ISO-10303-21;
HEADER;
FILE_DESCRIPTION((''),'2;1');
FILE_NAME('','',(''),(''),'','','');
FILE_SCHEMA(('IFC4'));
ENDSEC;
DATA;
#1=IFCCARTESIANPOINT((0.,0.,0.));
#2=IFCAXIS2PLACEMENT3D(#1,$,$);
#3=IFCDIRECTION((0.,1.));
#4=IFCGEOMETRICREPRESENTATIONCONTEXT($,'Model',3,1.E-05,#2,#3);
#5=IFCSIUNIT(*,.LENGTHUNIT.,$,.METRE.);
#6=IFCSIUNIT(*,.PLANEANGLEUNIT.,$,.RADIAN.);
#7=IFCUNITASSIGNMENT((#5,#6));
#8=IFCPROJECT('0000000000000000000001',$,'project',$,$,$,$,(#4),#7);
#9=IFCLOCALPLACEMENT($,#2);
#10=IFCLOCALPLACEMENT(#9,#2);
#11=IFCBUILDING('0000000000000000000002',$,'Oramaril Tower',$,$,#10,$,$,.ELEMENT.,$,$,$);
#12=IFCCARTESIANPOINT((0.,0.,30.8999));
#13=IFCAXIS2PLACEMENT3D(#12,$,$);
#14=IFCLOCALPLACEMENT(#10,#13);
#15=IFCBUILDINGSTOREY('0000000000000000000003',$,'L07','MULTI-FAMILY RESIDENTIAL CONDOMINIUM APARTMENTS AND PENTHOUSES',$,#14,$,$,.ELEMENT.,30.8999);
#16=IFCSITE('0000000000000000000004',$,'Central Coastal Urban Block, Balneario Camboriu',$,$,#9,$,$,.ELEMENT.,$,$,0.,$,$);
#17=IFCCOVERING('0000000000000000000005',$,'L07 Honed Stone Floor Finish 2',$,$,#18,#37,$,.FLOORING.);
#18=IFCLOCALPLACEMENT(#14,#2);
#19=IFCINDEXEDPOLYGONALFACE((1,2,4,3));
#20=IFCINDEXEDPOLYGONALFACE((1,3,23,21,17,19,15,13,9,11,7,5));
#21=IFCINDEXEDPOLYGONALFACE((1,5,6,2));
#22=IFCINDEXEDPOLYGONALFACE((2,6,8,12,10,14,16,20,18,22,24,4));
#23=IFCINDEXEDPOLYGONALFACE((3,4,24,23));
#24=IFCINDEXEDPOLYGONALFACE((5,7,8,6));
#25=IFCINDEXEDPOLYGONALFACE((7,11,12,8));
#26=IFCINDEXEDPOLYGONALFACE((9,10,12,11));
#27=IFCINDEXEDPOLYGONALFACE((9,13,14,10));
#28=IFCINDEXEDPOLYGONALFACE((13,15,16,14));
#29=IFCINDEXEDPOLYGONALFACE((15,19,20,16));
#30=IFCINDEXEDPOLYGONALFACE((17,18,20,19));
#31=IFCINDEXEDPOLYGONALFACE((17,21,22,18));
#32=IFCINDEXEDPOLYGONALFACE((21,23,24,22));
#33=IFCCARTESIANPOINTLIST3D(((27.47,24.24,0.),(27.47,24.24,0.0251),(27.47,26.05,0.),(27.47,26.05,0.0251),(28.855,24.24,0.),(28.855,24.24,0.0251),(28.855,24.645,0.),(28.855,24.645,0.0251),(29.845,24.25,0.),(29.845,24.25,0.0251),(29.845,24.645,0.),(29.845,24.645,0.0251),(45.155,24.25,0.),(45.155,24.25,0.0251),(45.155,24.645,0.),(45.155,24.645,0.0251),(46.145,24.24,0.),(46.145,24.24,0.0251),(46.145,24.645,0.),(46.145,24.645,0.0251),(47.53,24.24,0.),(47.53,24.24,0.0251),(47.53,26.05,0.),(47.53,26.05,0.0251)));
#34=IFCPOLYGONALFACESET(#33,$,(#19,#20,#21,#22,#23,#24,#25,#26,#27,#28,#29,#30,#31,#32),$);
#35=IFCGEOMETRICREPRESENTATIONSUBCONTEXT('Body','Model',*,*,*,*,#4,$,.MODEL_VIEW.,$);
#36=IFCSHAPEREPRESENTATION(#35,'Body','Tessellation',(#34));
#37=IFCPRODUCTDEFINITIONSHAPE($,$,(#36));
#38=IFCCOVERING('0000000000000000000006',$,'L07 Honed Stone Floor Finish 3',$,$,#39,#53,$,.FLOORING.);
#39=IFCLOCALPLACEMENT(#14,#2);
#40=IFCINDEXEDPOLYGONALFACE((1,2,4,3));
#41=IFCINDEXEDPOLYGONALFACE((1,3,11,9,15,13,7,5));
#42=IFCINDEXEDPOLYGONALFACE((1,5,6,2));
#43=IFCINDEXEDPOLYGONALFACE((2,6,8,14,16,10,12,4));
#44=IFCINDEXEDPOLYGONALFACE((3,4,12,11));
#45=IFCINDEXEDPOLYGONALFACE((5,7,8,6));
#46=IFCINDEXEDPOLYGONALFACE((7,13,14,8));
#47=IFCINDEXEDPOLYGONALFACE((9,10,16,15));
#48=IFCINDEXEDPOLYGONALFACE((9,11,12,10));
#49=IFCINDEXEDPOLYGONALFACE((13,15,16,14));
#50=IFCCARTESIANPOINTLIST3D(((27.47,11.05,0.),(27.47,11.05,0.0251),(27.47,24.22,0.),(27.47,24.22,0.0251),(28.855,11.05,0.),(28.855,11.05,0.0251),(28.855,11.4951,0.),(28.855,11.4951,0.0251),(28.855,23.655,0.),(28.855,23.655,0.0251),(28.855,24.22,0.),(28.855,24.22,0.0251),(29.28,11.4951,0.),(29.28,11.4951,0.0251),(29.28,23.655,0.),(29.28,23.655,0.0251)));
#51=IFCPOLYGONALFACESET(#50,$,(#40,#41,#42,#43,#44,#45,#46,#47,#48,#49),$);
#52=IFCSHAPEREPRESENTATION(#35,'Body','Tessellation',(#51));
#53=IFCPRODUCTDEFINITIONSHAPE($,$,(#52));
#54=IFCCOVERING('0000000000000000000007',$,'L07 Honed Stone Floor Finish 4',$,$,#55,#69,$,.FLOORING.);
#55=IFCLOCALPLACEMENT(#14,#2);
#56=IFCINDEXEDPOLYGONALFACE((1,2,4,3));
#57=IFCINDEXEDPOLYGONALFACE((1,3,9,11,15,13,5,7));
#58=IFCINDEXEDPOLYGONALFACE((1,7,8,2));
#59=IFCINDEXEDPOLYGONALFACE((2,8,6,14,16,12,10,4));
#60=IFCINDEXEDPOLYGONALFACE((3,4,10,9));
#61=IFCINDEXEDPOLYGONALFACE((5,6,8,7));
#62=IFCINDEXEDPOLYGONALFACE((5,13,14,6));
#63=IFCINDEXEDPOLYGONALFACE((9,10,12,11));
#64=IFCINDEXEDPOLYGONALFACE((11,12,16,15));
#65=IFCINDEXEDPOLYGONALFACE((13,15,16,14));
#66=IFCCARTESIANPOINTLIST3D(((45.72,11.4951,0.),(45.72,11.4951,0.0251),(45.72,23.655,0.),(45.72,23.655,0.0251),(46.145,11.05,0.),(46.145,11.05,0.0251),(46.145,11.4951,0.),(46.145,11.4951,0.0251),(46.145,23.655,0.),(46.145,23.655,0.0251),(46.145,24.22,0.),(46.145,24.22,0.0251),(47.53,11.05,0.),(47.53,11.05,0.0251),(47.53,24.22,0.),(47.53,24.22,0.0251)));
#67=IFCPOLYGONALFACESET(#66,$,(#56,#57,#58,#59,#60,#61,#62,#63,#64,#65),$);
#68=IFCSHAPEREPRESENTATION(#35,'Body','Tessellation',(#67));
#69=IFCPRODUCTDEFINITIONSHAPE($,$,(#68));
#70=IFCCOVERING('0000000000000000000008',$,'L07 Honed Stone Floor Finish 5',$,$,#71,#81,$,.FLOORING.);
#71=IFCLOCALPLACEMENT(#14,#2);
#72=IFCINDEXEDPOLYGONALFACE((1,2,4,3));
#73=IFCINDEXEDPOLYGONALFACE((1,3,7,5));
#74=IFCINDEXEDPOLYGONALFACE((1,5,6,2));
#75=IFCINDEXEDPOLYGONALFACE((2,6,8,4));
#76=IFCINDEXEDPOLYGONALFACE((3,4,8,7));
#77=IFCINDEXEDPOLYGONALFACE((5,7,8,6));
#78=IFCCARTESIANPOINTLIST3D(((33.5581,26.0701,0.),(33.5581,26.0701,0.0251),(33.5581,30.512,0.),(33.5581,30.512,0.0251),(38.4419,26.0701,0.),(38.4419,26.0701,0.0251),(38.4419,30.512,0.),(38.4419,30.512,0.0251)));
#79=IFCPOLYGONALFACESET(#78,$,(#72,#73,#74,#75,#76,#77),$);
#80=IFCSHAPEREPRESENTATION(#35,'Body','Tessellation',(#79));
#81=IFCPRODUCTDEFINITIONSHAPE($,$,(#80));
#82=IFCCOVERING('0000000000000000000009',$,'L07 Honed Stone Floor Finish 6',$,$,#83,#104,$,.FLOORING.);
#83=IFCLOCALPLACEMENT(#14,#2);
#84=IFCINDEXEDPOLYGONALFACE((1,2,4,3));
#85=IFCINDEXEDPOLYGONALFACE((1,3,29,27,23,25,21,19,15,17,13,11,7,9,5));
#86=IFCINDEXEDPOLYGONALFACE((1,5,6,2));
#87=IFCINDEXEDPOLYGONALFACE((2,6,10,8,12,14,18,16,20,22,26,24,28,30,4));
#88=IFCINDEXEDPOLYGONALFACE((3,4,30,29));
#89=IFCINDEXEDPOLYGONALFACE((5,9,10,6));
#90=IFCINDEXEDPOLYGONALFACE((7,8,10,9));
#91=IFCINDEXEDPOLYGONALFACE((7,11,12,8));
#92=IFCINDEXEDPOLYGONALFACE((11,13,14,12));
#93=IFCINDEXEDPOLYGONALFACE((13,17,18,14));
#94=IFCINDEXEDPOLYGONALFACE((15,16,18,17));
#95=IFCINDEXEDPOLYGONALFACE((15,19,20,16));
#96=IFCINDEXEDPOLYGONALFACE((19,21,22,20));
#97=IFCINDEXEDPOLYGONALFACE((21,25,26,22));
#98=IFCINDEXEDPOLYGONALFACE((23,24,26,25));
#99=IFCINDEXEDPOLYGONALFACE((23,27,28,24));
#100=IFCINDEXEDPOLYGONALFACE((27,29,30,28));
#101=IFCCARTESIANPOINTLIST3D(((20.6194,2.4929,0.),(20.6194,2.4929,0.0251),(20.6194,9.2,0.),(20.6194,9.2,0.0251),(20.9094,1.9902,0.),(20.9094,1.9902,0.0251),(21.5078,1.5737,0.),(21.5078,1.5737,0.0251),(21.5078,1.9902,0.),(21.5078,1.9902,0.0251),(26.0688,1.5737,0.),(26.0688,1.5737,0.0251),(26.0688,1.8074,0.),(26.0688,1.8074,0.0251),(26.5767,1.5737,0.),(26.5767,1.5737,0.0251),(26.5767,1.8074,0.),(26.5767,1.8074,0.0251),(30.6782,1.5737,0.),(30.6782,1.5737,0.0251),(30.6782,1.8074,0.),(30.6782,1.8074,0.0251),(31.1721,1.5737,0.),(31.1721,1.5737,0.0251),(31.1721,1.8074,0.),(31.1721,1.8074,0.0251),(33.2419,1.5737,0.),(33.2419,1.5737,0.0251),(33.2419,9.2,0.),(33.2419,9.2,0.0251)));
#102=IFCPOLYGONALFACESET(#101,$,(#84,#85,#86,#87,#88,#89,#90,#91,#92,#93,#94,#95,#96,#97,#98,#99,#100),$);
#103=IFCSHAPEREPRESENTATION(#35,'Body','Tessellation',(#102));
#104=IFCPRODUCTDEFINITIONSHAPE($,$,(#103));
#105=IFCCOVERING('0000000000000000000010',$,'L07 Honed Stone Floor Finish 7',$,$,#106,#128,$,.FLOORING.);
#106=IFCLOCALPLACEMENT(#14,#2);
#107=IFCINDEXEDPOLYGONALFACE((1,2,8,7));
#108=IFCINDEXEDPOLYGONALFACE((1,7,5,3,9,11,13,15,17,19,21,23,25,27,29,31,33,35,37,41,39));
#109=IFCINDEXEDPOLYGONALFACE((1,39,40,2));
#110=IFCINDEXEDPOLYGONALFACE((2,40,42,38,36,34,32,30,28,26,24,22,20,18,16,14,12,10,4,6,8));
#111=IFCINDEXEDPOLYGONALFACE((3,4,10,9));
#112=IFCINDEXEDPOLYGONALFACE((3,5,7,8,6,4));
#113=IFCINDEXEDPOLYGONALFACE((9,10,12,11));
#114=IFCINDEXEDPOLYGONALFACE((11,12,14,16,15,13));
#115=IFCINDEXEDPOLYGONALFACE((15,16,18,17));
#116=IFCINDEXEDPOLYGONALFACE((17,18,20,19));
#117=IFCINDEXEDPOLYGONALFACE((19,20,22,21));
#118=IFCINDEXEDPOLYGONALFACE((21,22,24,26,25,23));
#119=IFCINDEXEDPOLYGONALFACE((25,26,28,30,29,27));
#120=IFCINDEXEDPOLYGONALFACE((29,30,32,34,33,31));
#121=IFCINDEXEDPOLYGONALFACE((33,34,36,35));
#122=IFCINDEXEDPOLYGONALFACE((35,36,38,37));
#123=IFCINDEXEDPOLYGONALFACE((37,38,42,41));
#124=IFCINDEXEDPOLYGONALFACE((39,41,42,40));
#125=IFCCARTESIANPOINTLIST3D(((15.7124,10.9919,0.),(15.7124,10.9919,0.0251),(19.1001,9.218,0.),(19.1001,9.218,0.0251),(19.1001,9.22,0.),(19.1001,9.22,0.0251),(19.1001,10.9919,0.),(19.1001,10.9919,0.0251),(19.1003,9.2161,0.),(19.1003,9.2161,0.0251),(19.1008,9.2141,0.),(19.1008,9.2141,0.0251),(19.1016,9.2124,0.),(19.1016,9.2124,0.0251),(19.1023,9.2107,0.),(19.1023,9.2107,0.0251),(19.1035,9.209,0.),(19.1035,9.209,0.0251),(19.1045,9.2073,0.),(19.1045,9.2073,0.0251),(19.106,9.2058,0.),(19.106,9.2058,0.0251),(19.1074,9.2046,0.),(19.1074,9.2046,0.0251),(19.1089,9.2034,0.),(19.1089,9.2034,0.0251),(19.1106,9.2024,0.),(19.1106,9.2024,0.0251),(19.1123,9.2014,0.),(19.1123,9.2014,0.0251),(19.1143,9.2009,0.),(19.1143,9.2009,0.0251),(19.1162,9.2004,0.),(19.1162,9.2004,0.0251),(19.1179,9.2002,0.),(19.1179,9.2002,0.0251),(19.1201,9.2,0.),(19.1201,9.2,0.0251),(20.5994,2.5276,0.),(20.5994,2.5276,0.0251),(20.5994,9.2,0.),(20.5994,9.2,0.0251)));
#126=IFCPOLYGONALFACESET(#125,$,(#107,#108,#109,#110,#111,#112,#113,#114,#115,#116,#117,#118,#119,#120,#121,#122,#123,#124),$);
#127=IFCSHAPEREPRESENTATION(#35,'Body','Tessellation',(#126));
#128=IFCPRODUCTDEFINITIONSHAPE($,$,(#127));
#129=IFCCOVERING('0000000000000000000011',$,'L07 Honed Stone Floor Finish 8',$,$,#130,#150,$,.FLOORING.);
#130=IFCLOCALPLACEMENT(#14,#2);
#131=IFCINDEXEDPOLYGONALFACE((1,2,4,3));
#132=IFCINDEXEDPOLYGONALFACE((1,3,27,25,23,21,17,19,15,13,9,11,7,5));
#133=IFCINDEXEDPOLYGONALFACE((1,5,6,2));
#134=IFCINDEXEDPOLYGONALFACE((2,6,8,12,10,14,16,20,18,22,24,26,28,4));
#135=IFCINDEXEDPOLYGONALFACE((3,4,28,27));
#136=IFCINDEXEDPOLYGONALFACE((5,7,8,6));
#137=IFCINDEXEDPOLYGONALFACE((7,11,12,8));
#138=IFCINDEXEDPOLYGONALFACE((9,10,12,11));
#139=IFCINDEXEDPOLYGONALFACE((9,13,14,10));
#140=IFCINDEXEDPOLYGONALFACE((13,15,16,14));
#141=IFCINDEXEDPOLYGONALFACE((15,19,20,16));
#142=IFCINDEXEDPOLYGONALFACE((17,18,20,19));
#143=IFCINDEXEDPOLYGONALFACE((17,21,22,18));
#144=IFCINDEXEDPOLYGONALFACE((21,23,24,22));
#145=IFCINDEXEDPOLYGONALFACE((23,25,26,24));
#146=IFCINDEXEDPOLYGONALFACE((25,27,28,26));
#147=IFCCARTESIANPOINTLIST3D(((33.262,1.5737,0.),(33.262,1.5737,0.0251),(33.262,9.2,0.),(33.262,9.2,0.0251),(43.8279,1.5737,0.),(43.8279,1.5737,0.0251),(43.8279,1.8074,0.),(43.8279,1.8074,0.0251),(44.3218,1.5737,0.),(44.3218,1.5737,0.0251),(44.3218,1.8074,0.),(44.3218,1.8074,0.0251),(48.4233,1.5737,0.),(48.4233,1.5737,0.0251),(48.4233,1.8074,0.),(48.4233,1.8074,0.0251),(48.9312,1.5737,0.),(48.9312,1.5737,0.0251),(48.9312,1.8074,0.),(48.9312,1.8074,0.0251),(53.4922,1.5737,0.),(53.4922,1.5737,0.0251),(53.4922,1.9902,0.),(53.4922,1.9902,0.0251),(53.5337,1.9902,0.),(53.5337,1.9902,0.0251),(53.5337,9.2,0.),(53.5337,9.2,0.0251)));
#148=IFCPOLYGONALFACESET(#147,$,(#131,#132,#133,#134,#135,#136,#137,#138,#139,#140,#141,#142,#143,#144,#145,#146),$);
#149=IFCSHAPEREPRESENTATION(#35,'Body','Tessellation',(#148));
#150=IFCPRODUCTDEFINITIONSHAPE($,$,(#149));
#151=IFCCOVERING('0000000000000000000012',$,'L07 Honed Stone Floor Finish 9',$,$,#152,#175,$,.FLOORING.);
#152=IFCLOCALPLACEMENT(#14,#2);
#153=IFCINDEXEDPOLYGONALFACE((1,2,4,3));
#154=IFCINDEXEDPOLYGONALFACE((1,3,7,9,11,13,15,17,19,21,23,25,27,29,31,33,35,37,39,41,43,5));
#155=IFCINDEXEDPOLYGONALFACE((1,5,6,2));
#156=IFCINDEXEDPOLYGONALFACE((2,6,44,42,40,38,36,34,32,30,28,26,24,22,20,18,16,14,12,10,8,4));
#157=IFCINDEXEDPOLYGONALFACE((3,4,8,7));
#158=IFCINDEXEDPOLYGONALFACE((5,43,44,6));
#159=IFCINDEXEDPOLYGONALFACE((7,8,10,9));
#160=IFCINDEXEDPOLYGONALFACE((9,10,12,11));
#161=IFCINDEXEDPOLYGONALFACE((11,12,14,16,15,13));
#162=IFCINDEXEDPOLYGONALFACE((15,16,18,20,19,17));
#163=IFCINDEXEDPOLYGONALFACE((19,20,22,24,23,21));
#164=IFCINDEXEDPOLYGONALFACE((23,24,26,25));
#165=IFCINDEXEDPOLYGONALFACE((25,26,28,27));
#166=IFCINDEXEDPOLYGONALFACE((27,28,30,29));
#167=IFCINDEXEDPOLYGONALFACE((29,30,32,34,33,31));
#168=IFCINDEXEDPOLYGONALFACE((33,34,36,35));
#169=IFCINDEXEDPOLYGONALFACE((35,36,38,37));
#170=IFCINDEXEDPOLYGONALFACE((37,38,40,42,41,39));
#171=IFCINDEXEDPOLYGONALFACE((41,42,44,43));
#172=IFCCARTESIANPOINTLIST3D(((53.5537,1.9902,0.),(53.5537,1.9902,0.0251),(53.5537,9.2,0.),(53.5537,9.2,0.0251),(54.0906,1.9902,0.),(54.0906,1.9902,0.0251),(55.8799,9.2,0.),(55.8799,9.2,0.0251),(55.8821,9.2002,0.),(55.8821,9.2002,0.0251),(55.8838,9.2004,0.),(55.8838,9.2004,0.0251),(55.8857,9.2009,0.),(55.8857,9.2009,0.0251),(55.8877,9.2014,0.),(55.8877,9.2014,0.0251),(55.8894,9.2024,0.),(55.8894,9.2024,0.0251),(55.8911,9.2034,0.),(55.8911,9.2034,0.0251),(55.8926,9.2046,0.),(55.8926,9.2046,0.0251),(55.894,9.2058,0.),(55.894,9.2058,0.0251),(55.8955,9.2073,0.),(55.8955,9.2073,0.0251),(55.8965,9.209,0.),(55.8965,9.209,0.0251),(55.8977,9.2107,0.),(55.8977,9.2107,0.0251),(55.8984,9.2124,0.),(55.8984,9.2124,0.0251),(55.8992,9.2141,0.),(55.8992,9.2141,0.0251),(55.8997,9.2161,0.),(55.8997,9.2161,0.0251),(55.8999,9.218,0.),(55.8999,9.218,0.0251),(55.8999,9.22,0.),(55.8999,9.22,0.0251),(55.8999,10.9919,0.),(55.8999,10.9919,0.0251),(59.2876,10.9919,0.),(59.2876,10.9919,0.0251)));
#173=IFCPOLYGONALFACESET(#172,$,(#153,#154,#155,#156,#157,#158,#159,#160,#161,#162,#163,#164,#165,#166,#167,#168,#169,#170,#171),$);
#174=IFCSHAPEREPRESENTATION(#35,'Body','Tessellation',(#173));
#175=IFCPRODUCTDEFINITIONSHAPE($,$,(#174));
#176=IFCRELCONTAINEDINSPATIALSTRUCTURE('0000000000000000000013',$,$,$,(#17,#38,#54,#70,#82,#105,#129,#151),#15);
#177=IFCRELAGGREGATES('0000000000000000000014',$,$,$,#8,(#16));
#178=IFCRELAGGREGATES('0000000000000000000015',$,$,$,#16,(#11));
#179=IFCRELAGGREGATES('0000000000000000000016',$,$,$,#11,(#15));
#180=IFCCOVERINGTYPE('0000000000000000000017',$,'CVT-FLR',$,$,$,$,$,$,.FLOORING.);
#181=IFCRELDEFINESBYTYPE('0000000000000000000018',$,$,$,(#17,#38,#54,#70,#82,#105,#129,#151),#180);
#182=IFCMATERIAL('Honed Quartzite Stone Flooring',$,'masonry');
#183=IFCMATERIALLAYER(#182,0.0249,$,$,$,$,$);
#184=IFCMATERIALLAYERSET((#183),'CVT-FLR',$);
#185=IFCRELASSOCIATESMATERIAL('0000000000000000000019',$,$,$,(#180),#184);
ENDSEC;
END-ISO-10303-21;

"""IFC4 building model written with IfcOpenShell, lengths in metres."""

from ifc_helpers import new_model, si_unit, direction, frame, origin, place, context, subcontext, project, spatial, polyline, outline, extrude, material, layer, layer_set, type_object, element, save


model = new_model("IFC4")

# Units and contexts
model_context = context("Model", 3, precision=1e-05, world=origin(), true_north=direction((0.0, 1.0)))
body_context = subcontext(model_context, "Body", "Model", "MODEL_VIEW")
ifc_project = project(units=[si_unit("LENGTHUNIT", "METRE"), si_unit("PLANEANGLEUNIT", "RADIAN")], contexts=[model_context])

# Site, building, storey
site_placement = place(None, origin())
site = spatial("IfcSite", under=ifc_project, at=site_placement, Name="Central Coastal Urban Block, Balneario Camboriu", CompositionType="ELEMENT", RefElevation=0.0)
building_placement = place(site_placement, origin())
building = spatial("IfcBuilding", under=site, at=building_placement, Name="Oramaril Tower", CompositionType="ELEMENT")
storey_placement = place(building_placement, frame((0.0, 0.0, 30.8999)))
storey = spatial("IfcBuildingStorey", under=building, at=storey_placement, Name="L07", Description="MULTI-FAMILY RESIDENTIAL CONDOMINIUM APARTMENTS AND PENTHOUSES", CompositionType="ELEMENT", Elevation=30.8999)

# Coverings
ifc_material_1 = material(Name="Honed Quartzite Stone Flooring", Category="masonry")
ifc_layer_1 = layer(ifc_material_1, 0.0249)
ifc_layer_set_1 = layer_set([ifc_layer_1], Name="CVT-FLR")
covering_type_1 = type_object("IfcCoveringType", Name="CVT-FLR", PredefinedType="FLOORING", material=ifc_layer_set_1)
covering_1_placement = place(storey_placement, origin())
element("IfcCovering", 1, at=covering_1_placement, inside=storey, type_object=covering_type_1, Name="L07 Honed Stone Floor Finish 2", PredefinedType="FLOORING", context=body_context, shape_type="SweptSolid", body=[
    extrude(outline(polyline([(47.53, 24.24), (46.145, 24.24), (46.145, 24.645), (45.155, 24.645), (45.155, 24.25), (29.845, 24.25), (29.845, 24.645), (28.855, 24.645), (28.855, 24.24), (27.47, 24.24), (27.47, 26.05), (47.53, 26.05), (47.53, 24.24)])), origin(), (0.0, 0.0, 1.0), 0.0251),
])
covering_2_placement = place(storey_placement, origin())
element("IfcCovering", 2, at=covering_2_placement, inside=storey, type_object=covering_type_1, Name="L07 Honed Stone Floor Finish 3", PredefinedType="FLOORING", context=body_context, shape_type="SweptSolid", body=[
    extrude(outline(polyline([(28.855, 23.655), (29.28, 23.655), (29.28, 11.4951), (28.855, 11.4951), (28.855, 11.05), (27.47, 11.05), (27.47, 24.22), (28.855, 24.22), (28.855, 23.655)])), origin(), (0.0, 0.0, 1.0), 0.0251),
])
covering_3_placement = place(storey_placement, origin())
element("IfcCovering", 3, at=covering_3_placement, inside=storey, type_object=covering_type_1, Name="L07 Honed Stone Floor Finish 4", PredefinedType="FLOORING", context=body_context, shape_type="SweptSolid", body=[
    extrude(outline(polyline([(47.53, 11.05), (46.145, 11.05), (46.145, 11.4951), (45.72, 11.4951), (45.72, 23.655), (46.145, 23.655), (46.145, 24.22), (47.53, 24.22), (47.53, 11.05)])), origin(), (0.0, 0.0, 1.0), 0.0251),
])
covering_4_placement = place(storey_placement, origin())
element("IfcCovering", 4, at=covering_4_placement, inside=storey, type_object=covering_type_1, Name="L07 Honed Stone Floor Finish 5", PredefinedType="FLOORING", context=body_context, shape_type="SweptSolid", body=[
    extrude(outline(polyline([(38.4419, 30.512), (38.4419, 26.0701), (33.5581, 26.0701), (33.5581, 30.512), (38.4419, 30.512)])), origin(), (0.0, 0.0, 1.0), 0.0251),
])
covering_5_placement = place(storey_placement, origin())
element("IfcCovering", 5, at=covering_5_placement, inside=storey, type_object=covering_type_1, Name="L07 Honed Stone Floor Finish 6", PredefinedType="FLOORING", context=body_context, shape_type="SweptSolid", body=[
    extrude(outline(polyline([(31.1721, 1.8074), (30.6782, 1.8074), (30.6782, 1.5737), (26.5767, 1.5737), (26.5767, 1.8074), (26.0688, 1.8074), (26.0688, 1.5737), (21.5078, 1.5737), (21.5078, 1.9902), (20.9094, 1.9902), (20.6194, 2.4929), (20.6194, 9.2), (33.2419, 9.2), (33.2419, 1.5737), (31.1721, 1.5737), (31.1721, 1.8074)])), origin(), (0.0, 0.0, 1.0), 0.0251),
])
covering_6_placement = place(storey_placement, origin())
element("IfcCovering", 6, at=covering_6_placement, inside=storey, type_object=covering_type_1, Name="L07 Honed Stone Floor Finish 7", PredefinedType="FLOORING", context=body_context, shape_type="SweptSolid", body=[
    extrude(outline(polyline([(15.7124, 10.9919), (19.1001, 10.9919), (19.1001, 9.22), (19.1001, 9.218), (19.1003, 9.2161), (19.1008, 9.2141), (19.1016, 9.2124), (19.1023, 9.2107), (19.1035, 9.209), (19.1045, 9.2073), (19.106, 9.2058), (19.1074, 9.2046), (19.1089, 9.2034), (19.1106, 9.2024), (19.1123, 9.2014), (19.1143, 9.2009), (19.1162, 9.2004), (19.1179, 9.2002), (19.1201, 9.2), (20.5994, 9.2), (20.5994, 2.5276), (15.7124, 10.9919)])), origin(), (0.0, 0.0, 1.0), 0.0251),
])
covering_7_placement = place(storey_placement, origin())
element("IfcCovering", 7, at=covering_7_placement, inside=storey, type_object=covering_type_1, Name="L07 Honed Stone Floor Finish 8", PredefinedType="FLOORING", context=body_context, shape_type="SweptSolid", body=[
    extrude(outline(polyline([(53.4922, 1.9902), (53.4922, 1.5737), (48.9312, 1.5737), (48.9312, 1.8074), (48.4233, 1.8074), (48.4233, 1.5737), (44.3218, 1.5737), (44.3218, 1.8074), (43.8279, 1.8074), (43.8279, 1.5737), (33.262, 1.5737), (33.262, 9.2), (53.5337, 9.2), (53.5337, 1.9902), (53.4922, 1.9902)])), origin(), (0.0, 0.0, 1.0), 0.0251),
])
covering_8_placement = place(storey_placement, origin())
element("IfcCovering", 8, at=covering_8_placement, inside=storey, type_object=covering_type_1, Name="L07 Honed Stone Floor Finish 9", PredefinedType="FLOORING", context=body_context, shape_type="SweptSolid", body=[
    extrude(outline(polyline([(59.2876, 10.9919), (54.0906, 1.9902), (53.5537, 1.9902), (53.5537, 9.2), (55.8799, 9.2), (55.8821, 9.2002), (55.8838, 9.2004), (55.8857, 9.2009), (55.8877, 9.2014), (55.8894, 9.2024), (55.8911, 9.2034), (55.8926, 9.2046), (55.894, 9.2058), (55.8955, 9.2073), (55.8965, 9.209), (55.8977, 9.2107), (55.8984, 9.2124), (55.8992, 9.2141), (55.8997, 9.2161), (55.8999, 9.218), (55.8999, 9.22), (55.8999, 10.9919), (59.2876, 10.9919)])), origin(), (0.0, 0.0, 1.0), 0.0251),
])

save(model, "model.ifc")
